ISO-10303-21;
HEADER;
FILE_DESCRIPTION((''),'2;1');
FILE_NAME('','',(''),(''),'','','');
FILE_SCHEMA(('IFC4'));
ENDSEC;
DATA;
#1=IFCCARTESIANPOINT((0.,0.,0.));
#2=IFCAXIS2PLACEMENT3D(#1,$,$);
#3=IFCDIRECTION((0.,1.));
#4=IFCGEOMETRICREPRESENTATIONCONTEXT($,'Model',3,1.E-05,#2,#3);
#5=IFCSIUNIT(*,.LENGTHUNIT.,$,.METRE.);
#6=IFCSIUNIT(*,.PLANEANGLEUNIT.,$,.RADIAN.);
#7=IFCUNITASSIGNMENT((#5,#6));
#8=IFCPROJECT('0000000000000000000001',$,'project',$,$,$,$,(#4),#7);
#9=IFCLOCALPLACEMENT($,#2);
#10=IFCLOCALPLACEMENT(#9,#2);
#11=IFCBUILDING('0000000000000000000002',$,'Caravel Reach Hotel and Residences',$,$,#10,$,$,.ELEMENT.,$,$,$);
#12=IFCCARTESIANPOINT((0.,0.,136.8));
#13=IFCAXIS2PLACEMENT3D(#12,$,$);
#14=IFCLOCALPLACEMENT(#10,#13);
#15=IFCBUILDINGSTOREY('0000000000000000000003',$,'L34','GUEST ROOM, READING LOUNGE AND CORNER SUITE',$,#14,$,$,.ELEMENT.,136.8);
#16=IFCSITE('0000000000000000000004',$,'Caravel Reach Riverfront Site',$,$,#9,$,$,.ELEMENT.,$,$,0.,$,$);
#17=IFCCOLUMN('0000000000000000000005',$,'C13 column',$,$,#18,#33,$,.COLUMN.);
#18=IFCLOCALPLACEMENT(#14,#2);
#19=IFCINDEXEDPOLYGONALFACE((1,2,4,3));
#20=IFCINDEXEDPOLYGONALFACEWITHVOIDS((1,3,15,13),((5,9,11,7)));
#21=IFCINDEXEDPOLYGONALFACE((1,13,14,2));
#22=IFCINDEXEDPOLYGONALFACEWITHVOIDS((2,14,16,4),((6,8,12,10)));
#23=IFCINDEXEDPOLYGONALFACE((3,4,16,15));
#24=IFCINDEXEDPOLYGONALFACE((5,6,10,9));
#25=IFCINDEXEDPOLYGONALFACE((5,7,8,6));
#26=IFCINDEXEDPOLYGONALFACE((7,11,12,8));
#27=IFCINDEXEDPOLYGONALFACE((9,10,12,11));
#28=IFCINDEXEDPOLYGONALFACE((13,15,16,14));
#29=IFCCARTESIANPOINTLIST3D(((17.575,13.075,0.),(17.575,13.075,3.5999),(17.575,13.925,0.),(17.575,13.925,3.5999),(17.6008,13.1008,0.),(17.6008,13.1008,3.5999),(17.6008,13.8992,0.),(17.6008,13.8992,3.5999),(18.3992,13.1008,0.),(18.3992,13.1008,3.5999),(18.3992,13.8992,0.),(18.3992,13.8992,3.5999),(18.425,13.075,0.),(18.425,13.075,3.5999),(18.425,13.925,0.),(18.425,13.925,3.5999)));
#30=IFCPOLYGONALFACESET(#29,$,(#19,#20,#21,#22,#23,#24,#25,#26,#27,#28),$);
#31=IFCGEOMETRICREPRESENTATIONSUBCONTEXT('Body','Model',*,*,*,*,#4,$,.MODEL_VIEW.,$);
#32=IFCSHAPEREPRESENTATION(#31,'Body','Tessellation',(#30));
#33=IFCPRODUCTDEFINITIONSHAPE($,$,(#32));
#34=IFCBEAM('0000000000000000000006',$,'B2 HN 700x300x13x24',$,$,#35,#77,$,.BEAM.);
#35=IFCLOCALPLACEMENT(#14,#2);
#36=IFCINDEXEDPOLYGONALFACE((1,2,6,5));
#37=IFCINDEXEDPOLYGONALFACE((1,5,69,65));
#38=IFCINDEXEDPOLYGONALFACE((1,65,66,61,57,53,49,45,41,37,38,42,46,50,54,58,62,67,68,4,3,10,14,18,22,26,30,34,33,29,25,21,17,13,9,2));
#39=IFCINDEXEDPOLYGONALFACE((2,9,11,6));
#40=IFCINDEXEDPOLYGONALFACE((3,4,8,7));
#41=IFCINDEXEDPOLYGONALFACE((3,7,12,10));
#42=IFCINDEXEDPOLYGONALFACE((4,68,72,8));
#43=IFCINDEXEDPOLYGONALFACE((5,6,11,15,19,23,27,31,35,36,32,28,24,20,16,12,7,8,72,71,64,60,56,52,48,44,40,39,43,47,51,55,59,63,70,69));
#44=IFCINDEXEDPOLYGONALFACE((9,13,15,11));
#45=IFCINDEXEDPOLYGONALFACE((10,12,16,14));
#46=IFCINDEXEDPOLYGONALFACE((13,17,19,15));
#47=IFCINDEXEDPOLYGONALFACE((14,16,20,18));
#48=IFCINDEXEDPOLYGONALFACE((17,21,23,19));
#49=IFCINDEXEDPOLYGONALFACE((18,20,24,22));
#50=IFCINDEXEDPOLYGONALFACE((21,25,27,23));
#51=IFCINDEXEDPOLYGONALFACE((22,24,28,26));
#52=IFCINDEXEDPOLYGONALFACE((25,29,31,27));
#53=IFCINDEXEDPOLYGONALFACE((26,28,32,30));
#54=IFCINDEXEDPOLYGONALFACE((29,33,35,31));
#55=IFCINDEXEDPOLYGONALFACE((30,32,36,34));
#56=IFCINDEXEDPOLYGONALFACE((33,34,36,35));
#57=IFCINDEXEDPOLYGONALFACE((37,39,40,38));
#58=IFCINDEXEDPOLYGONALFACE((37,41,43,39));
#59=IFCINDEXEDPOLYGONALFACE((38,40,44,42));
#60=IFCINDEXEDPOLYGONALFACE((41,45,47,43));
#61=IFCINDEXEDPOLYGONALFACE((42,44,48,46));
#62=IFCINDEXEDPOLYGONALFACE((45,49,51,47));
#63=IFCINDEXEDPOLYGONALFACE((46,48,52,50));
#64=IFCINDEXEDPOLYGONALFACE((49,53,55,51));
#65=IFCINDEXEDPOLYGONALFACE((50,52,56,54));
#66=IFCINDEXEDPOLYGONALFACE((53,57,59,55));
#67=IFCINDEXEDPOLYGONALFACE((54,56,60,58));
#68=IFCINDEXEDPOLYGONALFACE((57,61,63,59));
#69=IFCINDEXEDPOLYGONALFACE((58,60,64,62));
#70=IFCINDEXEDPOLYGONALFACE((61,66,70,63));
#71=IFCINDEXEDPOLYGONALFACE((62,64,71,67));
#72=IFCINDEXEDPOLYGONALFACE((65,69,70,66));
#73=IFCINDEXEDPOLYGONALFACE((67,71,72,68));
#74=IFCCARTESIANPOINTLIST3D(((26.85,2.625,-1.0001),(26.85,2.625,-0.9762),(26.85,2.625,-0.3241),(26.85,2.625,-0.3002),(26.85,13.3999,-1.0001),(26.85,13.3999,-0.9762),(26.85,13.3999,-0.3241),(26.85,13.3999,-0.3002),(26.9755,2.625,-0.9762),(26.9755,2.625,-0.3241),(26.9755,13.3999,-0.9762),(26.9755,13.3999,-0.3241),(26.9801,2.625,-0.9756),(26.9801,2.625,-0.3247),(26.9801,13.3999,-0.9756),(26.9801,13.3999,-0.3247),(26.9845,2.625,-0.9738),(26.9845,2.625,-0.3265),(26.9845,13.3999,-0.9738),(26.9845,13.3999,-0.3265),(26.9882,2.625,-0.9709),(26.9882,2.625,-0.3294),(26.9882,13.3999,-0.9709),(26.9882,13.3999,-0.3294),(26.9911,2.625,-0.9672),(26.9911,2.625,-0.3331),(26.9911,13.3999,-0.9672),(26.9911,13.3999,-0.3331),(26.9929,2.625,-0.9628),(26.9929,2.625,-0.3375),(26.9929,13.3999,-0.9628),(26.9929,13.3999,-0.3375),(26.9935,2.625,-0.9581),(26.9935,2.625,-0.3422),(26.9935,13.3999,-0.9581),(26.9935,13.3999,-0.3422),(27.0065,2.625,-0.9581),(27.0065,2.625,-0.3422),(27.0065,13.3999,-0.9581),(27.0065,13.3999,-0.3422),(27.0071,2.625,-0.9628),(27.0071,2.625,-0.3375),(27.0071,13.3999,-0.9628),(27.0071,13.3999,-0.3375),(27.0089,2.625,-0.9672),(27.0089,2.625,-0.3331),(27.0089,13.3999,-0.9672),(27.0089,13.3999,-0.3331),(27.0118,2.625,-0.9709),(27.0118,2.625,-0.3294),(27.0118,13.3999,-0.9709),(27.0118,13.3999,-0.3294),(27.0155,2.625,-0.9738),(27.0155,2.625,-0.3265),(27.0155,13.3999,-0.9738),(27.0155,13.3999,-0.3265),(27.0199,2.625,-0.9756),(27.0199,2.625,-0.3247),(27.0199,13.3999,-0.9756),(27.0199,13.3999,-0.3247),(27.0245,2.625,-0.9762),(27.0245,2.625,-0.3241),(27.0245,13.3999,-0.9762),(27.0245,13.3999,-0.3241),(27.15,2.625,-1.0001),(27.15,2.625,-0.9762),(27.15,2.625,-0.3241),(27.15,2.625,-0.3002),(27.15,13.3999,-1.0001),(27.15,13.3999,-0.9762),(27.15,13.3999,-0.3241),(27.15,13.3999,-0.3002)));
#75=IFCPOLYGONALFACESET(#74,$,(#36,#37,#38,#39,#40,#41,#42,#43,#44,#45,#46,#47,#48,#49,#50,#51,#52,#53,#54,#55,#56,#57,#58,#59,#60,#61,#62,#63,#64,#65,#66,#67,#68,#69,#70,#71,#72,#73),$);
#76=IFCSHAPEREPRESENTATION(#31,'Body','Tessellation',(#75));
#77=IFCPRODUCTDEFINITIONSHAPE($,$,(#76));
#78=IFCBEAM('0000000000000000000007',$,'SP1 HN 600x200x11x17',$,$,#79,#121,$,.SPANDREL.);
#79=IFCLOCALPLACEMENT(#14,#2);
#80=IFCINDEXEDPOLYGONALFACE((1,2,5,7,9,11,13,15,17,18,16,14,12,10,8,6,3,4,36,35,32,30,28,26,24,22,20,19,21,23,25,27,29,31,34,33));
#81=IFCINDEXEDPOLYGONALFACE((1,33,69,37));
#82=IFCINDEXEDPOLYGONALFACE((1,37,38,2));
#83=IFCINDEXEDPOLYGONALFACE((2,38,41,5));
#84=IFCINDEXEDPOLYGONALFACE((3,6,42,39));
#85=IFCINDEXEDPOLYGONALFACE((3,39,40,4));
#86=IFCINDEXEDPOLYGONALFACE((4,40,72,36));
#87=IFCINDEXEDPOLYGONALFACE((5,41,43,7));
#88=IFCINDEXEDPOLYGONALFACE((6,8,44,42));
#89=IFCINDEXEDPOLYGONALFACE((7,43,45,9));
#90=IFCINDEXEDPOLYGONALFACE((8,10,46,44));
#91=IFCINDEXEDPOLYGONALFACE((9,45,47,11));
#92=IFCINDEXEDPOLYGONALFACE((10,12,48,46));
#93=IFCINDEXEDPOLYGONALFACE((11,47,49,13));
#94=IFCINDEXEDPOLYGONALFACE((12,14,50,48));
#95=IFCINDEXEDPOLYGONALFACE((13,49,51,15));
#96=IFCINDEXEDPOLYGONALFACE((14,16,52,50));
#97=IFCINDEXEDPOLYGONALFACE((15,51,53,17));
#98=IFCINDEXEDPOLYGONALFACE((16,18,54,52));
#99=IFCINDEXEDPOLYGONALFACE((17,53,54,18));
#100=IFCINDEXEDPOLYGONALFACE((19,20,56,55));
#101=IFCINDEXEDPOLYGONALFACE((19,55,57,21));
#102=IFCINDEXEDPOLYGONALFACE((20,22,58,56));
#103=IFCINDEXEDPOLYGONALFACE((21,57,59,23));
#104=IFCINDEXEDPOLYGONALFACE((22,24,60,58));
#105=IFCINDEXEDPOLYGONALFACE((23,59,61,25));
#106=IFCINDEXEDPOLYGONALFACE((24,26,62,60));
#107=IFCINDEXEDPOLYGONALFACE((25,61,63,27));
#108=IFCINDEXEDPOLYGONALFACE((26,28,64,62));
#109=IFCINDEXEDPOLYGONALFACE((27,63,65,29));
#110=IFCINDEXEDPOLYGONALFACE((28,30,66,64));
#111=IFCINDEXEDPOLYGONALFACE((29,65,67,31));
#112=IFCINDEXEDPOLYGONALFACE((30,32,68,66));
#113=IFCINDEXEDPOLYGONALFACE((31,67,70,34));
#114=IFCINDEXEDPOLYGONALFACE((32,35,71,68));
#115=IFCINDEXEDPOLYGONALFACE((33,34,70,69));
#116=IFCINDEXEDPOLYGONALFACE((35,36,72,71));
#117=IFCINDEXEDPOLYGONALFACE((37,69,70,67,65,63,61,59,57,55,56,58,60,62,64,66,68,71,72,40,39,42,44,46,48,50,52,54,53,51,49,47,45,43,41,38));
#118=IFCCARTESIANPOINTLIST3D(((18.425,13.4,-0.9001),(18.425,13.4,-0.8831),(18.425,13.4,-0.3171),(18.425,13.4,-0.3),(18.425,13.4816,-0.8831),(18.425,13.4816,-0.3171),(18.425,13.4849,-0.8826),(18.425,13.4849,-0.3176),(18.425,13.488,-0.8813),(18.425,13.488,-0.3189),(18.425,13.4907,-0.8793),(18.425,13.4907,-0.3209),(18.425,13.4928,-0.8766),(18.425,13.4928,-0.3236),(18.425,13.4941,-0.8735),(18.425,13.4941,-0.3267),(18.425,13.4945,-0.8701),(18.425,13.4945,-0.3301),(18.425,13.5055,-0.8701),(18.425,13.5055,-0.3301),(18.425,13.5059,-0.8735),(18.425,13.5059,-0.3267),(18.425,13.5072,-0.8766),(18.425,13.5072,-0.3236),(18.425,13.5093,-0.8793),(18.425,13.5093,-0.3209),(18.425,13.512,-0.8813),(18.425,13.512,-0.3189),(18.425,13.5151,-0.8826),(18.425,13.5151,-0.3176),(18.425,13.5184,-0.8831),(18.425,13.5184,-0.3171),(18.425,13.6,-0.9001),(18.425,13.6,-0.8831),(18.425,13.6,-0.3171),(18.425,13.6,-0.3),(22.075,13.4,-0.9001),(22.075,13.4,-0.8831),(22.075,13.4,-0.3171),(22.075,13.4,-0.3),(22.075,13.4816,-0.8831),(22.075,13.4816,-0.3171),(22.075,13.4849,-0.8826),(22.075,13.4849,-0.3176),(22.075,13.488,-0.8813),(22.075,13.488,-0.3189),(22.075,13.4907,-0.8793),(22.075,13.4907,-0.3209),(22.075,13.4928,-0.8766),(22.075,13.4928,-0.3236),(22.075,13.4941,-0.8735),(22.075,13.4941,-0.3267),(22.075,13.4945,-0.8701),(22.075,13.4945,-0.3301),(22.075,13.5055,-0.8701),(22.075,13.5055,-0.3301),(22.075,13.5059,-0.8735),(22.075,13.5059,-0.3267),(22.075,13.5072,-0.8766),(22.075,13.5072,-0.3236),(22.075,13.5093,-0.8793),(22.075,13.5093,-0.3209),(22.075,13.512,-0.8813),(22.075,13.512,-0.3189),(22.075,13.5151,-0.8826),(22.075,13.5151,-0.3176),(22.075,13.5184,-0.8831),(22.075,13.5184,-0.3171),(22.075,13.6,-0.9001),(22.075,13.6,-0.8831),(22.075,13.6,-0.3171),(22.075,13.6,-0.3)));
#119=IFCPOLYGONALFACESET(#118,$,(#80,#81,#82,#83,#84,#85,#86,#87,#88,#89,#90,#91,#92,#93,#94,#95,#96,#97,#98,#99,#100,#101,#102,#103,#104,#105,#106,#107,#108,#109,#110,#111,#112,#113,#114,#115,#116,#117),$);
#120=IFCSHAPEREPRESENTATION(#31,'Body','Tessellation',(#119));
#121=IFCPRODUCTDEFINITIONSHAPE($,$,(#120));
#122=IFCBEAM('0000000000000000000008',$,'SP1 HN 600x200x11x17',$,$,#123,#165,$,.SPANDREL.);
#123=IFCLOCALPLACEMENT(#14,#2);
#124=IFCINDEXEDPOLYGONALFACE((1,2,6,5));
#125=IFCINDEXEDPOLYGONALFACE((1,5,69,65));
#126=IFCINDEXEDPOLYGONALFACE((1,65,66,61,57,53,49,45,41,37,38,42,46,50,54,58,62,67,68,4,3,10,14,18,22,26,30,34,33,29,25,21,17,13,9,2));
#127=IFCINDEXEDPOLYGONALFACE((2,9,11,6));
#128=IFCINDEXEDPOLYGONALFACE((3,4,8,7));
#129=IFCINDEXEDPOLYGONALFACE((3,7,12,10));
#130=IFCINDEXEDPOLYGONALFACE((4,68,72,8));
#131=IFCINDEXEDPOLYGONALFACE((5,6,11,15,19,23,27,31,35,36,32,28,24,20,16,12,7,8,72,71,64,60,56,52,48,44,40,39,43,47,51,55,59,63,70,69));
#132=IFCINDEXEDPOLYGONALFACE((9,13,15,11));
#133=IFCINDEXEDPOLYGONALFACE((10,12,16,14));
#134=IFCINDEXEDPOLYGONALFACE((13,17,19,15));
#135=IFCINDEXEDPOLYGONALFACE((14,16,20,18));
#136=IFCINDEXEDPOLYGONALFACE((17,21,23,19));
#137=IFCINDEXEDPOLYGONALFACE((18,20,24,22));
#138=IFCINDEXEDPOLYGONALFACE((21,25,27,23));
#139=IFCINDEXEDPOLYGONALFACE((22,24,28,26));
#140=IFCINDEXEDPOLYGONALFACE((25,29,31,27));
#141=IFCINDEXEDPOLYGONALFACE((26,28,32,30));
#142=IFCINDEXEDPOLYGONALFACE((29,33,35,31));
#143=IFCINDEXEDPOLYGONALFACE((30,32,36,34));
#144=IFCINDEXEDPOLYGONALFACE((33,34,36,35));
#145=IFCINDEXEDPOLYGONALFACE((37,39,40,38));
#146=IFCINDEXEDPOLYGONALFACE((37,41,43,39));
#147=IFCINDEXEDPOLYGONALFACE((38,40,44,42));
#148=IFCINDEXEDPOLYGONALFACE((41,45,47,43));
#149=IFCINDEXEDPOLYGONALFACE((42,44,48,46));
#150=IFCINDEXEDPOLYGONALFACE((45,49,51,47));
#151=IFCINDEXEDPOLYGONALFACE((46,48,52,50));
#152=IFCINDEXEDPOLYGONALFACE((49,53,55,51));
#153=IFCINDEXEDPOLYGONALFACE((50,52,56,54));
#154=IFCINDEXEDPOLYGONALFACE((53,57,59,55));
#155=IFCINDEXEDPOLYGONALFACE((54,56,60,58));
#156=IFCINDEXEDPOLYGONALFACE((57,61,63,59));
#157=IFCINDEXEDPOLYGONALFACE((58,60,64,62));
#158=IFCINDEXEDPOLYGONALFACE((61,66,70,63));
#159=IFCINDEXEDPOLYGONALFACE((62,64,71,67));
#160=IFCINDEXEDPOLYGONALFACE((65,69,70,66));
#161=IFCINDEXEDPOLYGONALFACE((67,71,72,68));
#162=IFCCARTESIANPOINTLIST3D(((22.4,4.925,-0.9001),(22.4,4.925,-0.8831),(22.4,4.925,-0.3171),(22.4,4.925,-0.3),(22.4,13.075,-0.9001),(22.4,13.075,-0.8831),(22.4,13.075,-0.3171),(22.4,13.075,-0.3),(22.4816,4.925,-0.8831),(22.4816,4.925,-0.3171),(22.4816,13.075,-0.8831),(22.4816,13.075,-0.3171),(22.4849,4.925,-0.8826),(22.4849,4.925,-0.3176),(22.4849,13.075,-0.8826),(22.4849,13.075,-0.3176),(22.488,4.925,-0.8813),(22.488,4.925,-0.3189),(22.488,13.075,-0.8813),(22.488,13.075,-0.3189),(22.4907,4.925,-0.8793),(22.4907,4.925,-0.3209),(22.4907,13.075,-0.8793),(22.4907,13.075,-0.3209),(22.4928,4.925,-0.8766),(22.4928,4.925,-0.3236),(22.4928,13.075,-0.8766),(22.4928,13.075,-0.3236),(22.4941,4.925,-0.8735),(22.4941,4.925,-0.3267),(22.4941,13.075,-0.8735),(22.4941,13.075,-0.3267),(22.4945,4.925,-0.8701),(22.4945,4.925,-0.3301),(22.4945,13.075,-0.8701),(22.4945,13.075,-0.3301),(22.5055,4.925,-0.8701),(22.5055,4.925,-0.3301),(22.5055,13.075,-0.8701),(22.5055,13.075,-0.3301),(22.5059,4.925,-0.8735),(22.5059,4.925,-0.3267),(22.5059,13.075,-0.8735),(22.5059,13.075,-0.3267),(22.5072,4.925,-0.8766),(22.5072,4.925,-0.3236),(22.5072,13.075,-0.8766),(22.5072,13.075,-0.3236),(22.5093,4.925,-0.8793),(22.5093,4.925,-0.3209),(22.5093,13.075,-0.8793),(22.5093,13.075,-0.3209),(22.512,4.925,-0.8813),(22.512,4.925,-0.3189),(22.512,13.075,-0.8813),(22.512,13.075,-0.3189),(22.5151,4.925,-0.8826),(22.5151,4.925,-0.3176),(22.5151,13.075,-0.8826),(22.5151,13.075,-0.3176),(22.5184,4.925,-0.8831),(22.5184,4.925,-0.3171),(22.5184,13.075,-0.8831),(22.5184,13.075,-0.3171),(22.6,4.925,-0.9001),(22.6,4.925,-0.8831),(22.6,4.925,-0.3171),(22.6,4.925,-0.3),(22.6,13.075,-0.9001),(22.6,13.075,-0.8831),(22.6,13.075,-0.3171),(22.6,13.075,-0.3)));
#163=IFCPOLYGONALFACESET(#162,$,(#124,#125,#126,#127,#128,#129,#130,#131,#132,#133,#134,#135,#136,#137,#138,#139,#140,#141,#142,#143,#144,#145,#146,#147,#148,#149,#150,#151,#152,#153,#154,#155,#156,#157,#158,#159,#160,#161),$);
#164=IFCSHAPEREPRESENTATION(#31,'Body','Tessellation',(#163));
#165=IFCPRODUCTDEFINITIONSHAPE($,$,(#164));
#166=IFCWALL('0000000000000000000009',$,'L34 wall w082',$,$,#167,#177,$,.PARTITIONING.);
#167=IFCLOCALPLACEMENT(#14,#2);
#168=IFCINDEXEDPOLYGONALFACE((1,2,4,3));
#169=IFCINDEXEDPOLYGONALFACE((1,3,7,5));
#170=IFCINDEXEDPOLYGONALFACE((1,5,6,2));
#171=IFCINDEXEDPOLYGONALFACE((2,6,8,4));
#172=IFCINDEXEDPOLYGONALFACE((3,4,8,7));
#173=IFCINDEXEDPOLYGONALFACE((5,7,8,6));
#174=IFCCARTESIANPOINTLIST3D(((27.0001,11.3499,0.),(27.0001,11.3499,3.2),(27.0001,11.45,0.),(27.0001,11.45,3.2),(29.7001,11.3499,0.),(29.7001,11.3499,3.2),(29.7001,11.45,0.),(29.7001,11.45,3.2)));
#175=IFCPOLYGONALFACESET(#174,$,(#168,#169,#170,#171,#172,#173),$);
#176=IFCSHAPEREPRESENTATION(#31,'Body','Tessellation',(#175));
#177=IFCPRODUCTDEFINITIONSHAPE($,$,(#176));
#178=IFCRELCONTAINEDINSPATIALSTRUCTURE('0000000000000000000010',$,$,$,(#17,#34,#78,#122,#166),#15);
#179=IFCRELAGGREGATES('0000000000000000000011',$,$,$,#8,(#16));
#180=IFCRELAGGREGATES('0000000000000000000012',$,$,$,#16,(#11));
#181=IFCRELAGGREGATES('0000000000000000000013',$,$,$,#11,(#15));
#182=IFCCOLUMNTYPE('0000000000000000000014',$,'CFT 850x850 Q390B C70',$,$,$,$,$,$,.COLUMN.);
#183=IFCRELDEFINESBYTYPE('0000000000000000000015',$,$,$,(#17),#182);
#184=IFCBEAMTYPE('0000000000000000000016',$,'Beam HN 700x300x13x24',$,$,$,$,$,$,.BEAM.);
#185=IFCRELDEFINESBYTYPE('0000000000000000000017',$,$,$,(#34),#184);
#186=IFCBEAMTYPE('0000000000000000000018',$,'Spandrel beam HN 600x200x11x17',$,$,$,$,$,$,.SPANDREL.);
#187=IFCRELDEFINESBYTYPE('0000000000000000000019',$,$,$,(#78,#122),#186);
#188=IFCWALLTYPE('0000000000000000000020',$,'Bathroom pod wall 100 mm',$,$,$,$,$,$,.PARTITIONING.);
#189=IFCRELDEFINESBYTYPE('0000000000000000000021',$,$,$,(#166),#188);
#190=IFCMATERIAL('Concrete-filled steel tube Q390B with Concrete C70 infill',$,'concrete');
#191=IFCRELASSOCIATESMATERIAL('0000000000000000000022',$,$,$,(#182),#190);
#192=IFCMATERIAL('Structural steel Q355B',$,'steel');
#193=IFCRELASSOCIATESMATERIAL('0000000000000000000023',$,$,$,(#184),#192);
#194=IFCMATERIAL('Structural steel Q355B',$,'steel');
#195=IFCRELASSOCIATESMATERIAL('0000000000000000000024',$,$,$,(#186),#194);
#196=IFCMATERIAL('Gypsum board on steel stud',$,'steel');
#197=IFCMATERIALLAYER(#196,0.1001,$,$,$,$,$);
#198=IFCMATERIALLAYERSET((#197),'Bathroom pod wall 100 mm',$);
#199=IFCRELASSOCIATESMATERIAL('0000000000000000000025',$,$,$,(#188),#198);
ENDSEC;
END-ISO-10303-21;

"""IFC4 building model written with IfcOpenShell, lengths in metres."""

from ifc_helpers import new_model, si_unit, direction, frame, frame_2d, origin, origin_2d, place, context, subcontext, project, spatial, rectangle, hollow_rectangle, i_section, extrude, material, layer, layer_set, material_profile, profile_set, type_object, element, save


model = new_model("IFC4")

# Units and contexts
model_context = context("Model", 3, precision=1e-05, world=origin(), true_north=direction((0.0, 1.0)))
body_context = subcontext(model_context, "Body", "Model", "MODEL_VIEW")
ifc_project = project(units=[si_unit("LENGTHUNIT", "METRE"), si_unit("PLANEANGLEUNIT", "RADIAN")], contexts=[model_context])

# Site, building, storey
site_placement = place(None, origin())
site = spatial("IfcSite", under=ifc_project, at=site_placement, Name="Caravel Reach Riverfront Site", CompositionType="ELEMENT", RefElevation=0.0)
building_placement = place(site_placement, origin())
building = spatial("IfcBuilding", under=site, at=building_placement, Name="Caravel Reach Hotel and Residences", CompositionType="ELEMENT")
storey_placement = place(building_placement, frame((0.0, 0.0, 136.8)))
storey = spatial("IfcBuildingStorey", under=building, at=storey_placement, Name="L34", Description="GUEST ROOM, READING LOUNGE AND CORNER SUITE", CompositionType="ELEMENT", Elevation=136.8)

# Column
ifc_material_1 = material(Name="Concrete-filled steel tube Q390B with Concrete C70 infill", Category="concrete")
ifc_material_profile_1 = material_profile(ifc_material_1, hollow_rectangle(XDim=0.8501, YDim=0.8501, WallThickness=0.0259, at=origin_2d()), Name="RHS 850x850x26")
ifc_profile_set_1 = profile_set([ifc_material_profile_1], Name="Concrete-filled steel tube Q390B with Concrete C70 infill")
column_type = type_object("IfcColumnType", Name="CFT 850x850 Q390B C70", PredefinedType="COLUMN", material=ifc_profile_set_1)
column_placement = place(storey_placement, frame((18.0, 13.5, 0.0), z_axis=(0.0, 0.0, 1.0), x_axis=(1.0, 0.0, 0.0)))
element("IfcColumn", 1, at=column_placement, inside=storey, type_object=column_type, Name="C13 column", PredefinedType="COLUMN", context=body_context, shape_type="SweptSolid", body=[
    extrude(hollow_rectangle(XDim=0.8501, YDim=0.8501, WallThickness=0.0259, at=origin_2d()), origin(), (0.0, 0.0, 1.0), 3.5999),
])

# Beams
ifc_material_2 = material(Name="Structural steel Q355B", Category="steel")
ifc_material_profile_2 = material_profile(ifc_material_2, i_section(OverallWidth=0.3, OverallDepth=0.7, WebThickness=0.0129, FlangeThickness=0.0239, FilletRadius=0.0181, at=origin_2d()), Name="HN 700x300x13x24")
ifc_profile_set_2 = profile_set([ifc_material_profile_2], Name="Structural steel Q355B")
beam_type_1 = type_object("IfcBeamType", Name="Beam HN 700x300x13x24", PredefinedType="BEAM", material=ifc_profile_set_2)
beam_1_placement = place(storey_placement, frame((27.0, 13.3999, -0.6501), z_axis=(0.0, -1.0, 0.0), x_axis=(1.0, 0.0, 0.0)))
element("IfcBeam", 2, at=beam_1_placement, inside=storey, type_object=beam_type_1, Name="B2 HN 700x300x13x24", PredefinedType="BEAM", context=body_context, shape_type="SweptSolid", body=[
    extrude(i_section(OverallWidth=0.3, OverallDepth=0.7, WebThickness=0.0129, FlangeThickness=0.0239, FilletRadius=0.0181, at=origin_2d()), origin(), (0.0, 0.0, 1.0), 10.7749),
])
ifc_material_3 = material(Name="Structural steel Q355B", Category="steel")
ifc_material_profile_3 = material_profile(ifc_material_3, i_section(OverallWidth=0.2, OverallDepth=0.6001, WebThickness=0.011, FlangeThickness=0.0171, FilletRadius=0.0129, at=origin_2d()), Name="HN 600x200x11x17")
ifc_profile_set_3 = profile_set([ifc_material_profile_3], Name="Structural steel Q355B")
beam_type_2 = type_object("IfcBeamType", Name="Spandrel beam HN 600x200x11x17", PredefinedType="SPANDREL", material=ifc_profile_set_3)
beam_2_placement = place(storey_placement, frame((18.425, 13.5, -0.6001), z_axis=(1.0, 0.0, 0.0), x_axis=(0.0, 1.0, 0.0)))
element("IfcBeam", 3, at=beam_2_placement, inside=storey, type_object=beam_type_2, Name="SP1 HN 600x200x11x17", PredefinedType="SPANDREL", context=body_context, shape_type="SweptSolid", body=[
    extrude(i_section(OverallWidth=0.2, OverallDepth=0.6001, WebThickness=0.011, FlangeThickness=0.0171, FilletRadius=0.0129, at=origin_2d()), origin(), (0.0, 0.0, 1.0), 3.6499),
])
beam_3_placement = place(storey_placement, frame((22.5, 13.075, -0.6001), z_axis=(0.0, -1.0, 0.0), x_axis=(1.0, 0.0, 0.0)))
element("IfcBeam", 4, at=beam_3_placement, inside=storey, type_object=beam_type_2, Name="SP1 HN 600x200x11x17", PredefinedType="SPANDREL", context=body_context, shape_type="SweptSolid", body=[
    extrude(i_section(OverallWidth=0.2, OverallDepth=0.6001, WebThickness=0.011, FlangeThickness=0.0171, FilletRadius=0.0129, at=origin_2d()), origin(), (0.0, 0.0, 1.0), 8.1499),
])

# Wall
ifc_material_4 = material(Name="Gypsum board on steel stud", Category="steel")
ifc_layer_1 = layer(ifc_material_4, 0.1001)
ifc_layer_set_1 = layer_set([ifc_layer_1], Name="Bathroom pod wall 100 mm")
wall_type_1 = type_object("IfcWallType", Name="Bathroom pod wall 100 mm", PredefinedType="PARTITIONING", material=ifc_layer_set_1)
wall_1_placement = place(storey_placement, frame((27.0, 11.3999, 0.0), z_axis=(0.0, 0.0, 1.0), x_axis=(1.0, 0.0, 0.0)))
element("IfcWall", 5, at=wall_1_placement, inside=storey, type_object=wall_type_1, Name="L34 wall w082", PredefinedType="PARTITIONING", context=body_context, shape_type="SweptSolid", body=[
    extrude(rectangle(XDim=2.7, YDim=0.1001, at=frame_2d((1.3501, 0.0))), origin(), (0.0, 0.0, 1.0), 3.2),
])

save(model, "model.ifc")
